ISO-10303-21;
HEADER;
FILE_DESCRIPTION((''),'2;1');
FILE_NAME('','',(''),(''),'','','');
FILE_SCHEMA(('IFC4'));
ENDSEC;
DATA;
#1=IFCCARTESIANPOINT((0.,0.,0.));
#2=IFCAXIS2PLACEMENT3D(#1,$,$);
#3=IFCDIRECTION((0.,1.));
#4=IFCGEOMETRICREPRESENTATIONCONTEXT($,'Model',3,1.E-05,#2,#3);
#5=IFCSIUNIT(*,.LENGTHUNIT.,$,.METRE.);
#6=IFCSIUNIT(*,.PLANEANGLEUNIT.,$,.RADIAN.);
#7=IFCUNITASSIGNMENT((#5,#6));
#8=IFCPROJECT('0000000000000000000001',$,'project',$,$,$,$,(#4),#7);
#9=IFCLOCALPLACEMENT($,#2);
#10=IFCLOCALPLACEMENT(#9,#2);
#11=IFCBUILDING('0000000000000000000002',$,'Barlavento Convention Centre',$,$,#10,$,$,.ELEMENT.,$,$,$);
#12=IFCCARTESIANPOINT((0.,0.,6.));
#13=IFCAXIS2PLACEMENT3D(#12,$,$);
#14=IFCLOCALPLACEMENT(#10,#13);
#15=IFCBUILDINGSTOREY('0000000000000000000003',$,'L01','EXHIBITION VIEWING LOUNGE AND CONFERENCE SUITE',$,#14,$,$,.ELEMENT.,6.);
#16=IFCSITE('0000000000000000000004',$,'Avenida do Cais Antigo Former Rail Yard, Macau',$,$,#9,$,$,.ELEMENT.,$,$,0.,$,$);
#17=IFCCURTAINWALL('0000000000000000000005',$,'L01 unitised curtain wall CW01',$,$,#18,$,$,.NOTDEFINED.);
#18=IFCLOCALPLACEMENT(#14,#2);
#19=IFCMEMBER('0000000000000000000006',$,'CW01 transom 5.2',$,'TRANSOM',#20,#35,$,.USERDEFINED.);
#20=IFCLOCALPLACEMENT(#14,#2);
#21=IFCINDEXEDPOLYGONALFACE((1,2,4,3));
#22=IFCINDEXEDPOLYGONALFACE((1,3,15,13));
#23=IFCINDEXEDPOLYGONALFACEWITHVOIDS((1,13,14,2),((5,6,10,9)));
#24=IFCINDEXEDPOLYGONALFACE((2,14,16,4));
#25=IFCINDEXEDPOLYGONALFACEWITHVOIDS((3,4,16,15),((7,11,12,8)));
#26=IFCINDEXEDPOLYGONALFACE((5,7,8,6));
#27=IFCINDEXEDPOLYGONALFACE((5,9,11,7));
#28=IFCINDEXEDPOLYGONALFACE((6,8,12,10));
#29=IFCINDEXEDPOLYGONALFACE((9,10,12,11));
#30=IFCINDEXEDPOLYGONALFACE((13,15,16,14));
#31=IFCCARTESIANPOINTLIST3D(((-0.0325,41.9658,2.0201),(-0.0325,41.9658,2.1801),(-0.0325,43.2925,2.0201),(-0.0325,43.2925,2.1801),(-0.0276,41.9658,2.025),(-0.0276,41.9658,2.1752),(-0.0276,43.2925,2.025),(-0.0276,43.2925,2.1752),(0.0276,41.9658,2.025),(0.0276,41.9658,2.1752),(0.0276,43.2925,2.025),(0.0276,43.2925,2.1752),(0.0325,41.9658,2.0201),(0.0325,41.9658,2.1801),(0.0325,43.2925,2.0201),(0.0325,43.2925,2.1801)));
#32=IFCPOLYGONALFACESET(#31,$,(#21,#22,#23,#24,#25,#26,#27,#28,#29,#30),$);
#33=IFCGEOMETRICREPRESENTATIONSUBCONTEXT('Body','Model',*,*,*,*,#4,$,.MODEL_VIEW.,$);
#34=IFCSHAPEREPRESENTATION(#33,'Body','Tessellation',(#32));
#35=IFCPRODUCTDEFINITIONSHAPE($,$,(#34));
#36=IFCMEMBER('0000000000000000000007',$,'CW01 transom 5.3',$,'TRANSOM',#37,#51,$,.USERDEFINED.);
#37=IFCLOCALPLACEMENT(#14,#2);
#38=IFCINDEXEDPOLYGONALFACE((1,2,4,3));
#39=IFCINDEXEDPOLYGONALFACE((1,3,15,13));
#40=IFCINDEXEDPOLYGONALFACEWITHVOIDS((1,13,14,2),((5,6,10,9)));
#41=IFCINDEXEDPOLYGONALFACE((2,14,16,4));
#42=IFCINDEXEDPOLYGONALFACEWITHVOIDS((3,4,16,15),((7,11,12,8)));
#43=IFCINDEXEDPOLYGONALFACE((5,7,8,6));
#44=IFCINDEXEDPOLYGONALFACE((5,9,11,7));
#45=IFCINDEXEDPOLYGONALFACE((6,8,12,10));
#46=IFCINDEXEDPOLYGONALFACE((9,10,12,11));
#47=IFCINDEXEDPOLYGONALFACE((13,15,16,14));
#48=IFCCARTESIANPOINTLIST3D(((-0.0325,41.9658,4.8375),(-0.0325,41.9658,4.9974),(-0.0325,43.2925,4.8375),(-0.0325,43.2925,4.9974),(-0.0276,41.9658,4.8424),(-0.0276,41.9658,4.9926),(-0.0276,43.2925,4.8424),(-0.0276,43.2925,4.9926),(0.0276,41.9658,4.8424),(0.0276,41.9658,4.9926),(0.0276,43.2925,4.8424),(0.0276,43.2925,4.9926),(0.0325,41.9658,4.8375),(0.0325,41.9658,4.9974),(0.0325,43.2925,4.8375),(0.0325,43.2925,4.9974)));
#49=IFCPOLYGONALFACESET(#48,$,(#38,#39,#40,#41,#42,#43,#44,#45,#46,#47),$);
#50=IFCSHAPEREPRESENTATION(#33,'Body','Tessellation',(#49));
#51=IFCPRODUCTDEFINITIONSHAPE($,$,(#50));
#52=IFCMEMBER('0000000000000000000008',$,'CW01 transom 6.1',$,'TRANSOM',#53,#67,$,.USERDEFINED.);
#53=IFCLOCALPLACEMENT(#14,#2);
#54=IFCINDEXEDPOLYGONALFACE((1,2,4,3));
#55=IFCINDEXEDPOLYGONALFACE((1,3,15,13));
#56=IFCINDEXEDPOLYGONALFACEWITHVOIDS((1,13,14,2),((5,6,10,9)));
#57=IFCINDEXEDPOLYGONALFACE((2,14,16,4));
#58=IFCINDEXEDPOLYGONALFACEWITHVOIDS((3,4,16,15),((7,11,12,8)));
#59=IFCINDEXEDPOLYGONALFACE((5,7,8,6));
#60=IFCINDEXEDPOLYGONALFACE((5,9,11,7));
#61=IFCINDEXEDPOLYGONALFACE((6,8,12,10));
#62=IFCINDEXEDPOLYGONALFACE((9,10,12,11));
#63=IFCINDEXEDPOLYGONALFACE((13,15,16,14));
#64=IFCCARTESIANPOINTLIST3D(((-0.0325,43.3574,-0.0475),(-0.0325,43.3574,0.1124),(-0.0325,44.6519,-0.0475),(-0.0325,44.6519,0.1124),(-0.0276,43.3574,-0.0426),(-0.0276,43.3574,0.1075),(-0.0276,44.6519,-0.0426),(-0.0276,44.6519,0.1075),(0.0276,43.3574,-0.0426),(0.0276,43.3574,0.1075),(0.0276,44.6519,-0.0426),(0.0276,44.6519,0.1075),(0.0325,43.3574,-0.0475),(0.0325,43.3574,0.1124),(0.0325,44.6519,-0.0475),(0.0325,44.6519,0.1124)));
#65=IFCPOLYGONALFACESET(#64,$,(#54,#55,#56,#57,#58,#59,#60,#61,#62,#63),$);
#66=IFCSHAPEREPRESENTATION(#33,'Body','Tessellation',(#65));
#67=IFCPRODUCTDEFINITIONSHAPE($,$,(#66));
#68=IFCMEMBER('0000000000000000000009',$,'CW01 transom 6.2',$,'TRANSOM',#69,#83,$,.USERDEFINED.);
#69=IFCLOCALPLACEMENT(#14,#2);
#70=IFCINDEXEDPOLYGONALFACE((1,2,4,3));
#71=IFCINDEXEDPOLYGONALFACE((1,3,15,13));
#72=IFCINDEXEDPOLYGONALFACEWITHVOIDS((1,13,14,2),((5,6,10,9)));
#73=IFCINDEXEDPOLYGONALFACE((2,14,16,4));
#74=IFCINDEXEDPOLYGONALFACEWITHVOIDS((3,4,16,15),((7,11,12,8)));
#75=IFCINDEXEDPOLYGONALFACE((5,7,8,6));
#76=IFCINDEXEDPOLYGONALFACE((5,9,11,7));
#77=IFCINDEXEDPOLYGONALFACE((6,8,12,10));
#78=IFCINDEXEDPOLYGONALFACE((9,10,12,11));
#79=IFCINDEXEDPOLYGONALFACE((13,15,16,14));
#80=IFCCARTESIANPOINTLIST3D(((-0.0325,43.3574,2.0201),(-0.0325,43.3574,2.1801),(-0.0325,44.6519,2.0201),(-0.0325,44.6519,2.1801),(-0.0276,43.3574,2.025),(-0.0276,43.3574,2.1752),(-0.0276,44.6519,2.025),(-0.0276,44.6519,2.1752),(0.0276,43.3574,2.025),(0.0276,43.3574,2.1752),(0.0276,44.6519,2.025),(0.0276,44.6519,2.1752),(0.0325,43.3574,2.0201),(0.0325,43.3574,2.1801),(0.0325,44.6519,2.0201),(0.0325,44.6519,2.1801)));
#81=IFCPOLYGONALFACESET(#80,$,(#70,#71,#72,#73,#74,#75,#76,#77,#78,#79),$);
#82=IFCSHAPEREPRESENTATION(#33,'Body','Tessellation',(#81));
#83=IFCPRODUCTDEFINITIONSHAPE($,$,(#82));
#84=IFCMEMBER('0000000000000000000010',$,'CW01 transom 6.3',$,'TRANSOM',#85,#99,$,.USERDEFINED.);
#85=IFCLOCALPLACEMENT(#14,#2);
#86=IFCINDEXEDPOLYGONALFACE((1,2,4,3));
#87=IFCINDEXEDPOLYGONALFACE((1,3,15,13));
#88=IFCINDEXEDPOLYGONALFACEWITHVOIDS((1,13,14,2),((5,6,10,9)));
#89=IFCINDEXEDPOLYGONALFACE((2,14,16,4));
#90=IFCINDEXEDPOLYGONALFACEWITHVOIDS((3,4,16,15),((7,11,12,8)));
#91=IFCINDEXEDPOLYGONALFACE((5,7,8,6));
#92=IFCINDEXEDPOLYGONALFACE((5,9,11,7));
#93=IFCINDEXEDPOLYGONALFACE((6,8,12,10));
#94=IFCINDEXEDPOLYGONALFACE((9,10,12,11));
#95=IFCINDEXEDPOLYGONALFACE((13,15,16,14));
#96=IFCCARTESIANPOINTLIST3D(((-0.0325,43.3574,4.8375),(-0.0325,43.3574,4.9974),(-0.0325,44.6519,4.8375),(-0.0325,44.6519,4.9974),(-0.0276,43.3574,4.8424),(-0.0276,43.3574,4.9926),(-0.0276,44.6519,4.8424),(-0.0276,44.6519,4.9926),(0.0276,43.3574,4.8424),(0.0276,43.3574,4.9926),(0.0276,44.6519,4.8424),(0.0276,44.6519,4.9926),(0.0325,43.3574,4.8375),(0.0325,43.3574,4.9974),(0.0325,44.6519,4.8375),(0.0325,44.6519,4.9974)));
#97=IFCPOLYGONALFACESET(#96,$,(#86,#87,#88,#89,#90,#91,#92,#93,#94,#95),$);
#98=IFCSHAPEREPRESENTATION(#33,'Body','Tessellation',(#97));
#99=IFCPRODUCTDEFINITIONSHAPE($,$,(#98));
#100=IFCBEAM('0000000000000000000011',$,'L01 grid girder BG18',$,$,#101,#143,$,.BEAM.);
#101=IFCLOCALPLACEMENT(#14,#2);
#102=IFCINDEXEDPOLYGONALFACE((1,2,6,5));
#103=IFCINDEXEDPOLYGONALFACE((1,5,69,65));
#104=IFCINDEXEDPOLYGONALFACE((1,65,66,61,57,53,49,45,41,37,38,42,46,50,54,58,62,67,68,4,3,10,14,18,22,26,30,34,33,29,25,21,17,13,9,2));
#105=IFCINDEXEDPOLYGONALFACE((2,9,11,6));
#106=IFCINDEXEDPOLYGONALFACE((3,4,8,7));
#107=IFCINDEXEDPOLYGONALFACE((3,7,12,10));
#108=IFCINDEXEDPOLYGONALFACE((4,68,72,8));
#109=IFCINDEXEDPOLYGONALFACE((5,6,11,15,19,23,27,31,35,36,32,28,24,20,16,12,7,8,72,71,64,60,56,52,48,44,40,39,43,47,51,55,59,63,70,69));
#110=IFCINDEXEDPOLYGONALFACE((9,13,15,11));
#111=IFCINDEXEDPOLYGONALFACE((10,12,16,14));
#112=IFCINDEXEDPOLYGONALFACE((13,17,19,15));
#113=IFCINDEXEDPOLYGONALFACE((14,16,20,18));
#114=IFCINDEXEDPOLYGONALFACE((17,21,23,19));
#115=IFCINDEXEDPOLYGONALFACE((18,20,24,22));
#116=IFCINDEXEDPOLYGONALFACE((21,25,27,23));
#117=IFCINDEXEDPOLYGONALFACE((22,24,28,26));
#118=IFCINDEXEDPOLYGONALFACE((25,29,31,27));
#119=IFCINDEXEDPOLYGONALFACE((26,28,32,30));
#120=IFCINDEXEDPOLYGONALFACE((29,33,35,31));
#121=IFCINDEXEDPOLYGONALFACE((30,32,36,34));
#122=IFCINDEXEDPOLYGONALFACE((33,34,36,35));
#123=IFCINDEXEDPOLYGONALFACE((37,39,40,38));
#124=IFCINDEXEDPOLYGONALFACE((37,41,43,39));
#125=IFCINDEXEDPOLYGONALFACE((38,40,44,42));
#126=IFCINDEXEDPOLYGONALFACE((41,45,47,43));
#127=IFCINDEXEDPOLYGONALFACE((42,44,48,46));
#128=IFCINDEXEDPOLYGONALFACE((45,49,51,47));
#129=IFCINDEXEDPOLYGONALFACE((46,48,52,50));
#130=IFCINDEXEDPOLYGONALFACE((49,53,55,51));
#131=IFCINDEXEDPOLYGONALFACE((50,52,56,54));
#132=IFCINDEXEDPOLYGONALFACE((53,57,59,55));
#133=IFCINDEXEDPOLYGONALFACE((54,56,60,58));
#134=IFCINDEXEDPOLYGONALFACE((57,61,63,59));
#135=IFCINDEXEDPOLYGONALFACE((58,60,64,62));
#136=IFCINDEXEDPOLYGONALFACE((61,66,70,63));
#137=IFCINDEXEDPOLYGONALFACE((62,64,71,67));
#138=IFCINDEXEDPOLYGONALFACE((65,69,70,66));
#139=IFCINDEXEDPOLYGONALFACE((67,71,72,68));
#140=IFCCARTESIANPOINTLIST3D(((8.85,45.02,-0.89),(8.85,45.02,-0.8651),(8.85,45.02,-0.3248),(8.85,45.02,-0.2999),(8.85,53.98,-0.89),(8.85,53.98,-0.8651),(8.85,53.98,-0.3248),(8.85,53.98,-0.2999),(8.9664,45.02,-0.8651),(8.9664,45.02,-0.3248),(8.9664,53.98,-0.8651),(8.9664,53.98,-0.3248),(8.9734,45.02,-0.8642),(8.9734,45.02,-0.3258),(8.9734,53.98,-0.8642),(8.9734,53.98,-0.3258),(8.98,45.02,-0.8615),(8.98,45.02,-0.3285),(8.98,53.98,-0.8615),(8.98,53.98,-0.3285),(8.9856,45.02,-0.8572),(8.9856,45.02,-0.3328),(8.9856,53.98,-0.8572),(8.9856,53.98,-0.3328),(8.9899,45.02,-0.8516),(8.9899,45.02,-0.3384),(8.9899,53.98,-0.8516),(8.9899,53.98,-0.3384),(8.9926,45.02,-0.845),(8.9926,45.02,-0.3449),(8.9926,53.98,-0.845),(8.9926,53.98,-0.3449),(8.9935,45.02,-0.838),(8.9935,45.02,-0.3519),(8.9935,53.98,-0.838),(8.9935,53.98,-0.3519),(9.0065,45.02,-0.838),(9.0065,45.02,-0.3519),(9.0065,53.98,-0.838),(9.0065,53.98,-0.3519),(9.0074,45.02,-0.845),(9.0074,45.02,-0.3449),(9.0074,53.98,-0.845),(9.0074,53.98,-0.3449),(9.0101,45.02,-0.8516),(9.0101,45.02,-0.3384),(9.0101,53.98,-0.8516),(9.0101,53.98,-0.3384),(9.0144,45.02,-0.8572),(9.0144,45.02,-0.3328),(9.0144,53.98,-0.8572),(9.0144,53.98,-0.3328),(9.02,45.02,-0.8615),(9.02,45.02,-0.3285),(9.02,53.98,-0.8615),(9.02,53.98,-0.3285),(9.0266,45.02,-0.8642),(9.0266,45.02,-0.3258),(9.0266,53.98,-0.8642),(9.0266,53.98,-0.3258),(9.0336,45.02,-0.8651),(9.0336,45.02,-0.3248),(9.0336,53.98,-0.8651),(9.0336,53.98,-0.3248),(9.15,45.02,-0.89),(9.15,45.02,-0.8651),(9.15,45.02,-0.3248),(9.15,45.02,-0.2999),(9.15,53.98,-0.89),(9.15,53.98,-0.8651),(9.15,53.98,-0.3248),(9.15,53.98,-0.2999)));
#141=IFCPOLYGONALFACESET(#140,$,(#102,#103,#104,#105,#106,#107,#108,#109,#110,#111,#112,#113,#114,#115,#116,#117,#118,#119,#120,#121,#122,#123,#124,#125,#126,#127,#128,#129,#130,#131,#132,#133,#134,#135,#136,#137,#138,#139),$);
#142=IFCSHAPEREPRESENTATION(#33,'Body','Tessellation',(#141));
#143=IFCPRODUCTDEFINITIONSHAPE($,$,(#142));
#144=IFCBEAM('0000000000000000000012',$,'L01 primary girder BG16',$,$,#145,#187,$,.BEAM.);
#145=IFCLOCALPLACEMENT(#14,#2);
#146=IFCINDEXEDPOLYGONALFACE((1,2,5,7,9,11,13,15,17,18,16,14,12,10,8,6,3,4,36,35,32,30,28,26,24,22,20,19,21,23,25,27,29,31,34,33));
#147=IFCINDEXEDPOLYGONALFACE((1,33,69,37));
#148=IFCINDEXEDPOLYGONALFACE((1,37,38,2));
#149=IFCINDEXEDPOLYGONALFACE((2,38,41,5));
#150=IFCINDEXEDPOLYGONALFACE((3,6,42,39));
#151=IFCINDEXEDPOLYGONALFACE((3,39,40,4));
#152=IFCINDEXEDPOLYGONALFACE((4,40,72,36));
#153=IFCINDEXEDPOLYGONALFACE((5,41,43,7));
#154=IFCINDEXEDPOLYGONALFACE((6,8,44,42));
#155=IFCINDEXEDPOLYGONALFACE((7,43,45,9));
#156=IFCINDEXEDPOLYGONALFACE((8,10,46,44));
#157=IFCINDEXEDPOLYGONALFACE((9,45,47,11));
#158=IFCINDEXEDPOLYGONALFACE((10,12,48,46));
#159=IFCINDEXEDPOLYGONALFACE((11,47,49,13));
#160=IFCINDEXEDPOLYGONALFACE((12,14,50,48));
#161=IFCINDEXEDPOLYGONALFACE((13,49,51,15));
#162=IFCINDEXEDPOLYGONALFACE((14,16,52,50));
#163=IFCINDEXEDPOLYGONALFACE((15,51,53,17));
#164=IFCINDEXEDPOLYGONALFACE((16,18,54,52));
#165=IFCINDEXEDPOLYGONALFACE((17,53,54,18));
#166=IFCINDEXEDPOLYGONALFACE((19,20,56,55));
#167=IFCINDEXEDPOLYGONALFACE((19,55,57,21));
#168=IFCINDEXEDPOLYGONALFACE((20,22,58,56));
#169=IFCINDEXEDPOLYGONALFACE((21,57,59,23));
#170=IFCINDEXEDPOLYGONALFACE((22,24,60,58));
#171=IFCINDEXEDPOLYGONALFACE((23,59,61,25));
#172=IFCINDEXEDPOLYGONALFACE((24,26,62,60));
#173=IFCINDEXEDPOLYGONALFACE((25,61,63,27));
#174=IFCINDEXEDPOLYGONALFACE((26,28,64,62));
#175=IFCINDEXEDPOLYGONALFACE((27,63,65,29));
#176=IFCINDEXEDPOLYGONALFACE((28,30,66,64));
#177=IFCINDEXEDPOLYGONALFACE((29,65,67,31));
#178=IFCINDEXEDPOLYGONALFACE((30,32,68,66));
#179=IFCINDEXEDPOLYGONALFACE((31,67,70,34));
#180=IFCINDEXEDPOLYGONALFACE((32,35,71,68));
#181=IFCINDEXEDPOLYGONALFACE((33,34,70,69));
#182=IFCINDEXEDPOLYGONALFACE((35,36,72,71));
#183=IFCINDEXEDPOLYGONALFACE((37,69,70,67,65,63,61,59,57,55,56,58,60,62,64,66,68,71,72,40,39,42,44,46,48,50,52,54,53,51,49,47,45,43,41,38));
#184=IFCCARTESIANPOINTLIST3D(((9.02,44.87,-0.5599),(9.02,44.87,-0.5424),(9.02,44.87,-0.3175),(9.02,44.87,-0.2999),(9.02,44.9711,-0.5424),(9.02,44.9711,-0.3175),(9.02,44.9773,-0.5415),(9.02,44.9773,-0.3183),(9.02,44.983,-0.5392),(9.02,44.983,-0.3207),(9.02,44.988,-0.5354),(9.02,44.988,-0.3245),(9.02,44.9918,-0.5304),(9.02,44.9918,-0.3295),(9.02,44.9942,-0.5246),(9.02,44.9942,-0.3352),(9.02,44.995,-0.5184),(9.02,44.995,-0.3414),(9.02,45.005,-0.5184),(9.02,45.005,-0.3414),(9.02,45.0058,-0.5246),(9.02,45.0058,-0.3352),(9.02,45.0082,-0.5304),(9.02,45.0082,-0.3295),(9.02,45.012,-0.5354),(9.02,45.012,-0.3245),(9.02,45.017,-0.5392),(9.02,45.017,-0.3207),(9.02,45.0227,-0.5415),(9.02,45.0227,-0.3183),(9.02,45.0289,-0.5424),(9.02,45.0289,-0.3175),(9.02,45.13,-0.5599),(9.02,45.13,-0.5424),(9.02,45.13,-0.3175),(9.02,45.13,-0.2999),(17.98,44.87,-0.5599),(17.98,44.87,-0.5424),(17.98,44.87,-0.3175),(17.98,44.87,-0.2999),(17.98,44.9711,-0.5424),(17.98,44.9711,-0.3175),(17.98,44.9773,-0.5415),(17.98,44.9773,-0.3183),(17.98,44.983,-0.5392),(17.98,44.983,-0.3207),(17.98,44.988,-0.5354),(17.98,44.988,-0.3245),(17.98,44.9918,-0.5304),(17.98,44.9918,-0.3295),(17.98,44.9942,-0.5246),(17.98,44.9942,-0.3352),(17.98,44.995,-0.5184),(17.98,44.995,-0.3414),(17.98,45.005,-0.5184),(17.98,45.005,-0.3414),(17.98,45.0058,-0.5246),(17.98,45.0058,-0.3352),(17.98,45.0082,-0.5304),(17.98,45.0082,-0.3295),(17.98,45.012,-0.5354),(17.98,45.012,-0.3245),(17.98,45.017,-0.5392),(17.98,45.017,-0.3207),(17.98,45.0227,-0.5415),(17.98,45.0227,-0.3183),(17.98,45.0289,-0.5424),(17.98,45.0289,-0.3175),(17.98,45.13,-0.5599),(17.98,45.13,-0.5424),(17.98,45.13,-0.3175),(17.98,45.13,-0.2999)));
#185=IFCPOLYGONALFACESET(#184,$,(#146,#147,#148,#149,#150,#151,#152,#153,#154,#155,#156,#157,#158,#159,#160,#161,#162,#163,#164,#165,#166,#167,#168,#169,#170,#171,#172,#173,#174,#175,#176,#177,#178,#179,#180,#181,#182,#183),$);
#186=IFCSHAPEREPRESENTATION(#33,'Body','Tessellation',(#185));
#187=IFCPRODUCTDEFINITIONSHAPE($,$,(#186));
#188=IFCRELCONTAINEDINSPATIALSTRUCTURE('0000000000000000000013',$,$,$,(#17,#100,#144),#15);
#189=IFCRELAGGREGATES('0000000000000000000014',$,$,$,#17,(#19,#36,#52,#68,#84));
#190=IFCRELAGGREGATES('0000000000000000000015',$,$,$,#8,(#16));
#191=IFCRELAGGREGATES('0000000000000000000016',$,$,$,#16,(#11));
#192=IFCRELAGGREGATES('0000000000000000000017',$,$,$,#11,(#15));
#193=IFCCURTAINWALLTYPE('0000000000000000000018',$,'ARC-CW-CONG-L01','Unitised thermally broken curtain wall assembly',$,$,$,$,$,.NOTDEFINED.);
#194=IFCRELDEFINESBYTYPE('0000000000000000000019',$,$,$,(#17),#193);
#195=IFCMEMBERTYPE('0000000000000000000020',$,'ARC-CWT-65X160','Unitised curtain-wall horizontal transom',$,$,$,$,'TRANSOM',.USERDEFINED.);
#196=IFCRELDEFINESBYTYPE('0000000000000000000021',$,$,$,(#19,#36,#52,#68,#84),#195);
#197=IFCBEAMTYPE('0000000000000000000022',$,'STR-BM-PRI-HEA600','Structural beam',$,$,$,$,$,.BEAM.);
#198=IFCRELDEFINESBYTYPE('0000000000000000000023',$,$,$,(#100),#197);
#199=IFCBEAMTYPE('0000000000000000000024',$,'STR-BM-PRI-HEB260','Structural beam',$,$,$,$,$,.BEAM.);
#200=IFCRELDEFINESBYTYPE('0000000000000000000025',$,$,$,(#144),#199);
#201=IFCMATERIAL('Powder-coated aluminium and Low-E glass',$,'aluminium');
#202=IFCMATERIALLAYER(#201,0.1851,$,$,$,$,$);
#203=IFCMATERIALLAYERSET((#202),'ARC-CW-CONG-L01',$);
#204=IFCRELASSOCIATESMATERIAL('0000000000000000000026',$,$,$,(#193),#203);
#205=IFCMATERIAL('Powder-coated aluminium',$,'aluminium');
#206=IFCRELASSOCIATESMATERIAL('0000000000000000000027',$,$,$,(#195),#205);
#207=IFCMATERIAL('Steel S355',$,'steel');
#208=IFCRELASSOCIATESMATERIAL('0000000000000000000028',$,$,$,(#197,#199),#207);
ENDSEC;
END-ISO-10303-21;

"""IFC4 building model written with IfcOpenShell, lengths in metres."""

from ifc_helpers import new_model, si_unit, direction, frame, origin, origin_2d, place, context, subcontext, project, spatial, hollow_rectangle, i_section, extrude, material, layer, layer_set, material_profile, profile_set, type_object, element, aggregate, save


model = new_model("IFC4")

# Units and contexts
model_context = context("Model", 3, precision=1e-05, world=origin(), true_north=direction((0.0, 1.0)))
body_context = subcontext(model_context, "Body", "Model", "MODEL_VIEW")
ifc_project = project(units=[si_unit("LENGTHUNIT", "METRE"), si_unit("PLANEANGLEUNIT", "RADIAN")], contexts=[model_context])

# Site, building, storey
site_placement = place(None, origin())
site = spatial("IfcSite", under=ifc_project, at=site_placement, Name="Avenida do Cais Antigo Former Rail Yard, Macau", CompositionType="ELEMENT", RefElevation=0.0)
building_placement = place(site_placement, origin())
building = spatial("IfcBuilding", under=site, at=building_placement, Name="Barlavento Convention Centre", CompositionType="ELEMENT")
storey_placement = place(building_placement, frame((0.0, 0.0, 6.0)))
storey = spatial("IfcBuildingStorey", under=building, at=storey_placement, Name="L01", Description="EXHIBITION VIEWING LOUNGE AND CONFERENCE SUITE", CompositionType="ELEMENT", Elevation=6.0)

# Shared definitions
ifc_material_1 = material(Name="Steel S355", Category="steel")

# Curtain wall, members
ifc_material_2 = material(Name="Powder-coated aluminium and Low-E glass", Category="aluminium")
ifc_layer_1 = layer(ifc_material_2, 0.1851)
ifc_layer_set_1 = layer_set([ifc_layer_1], Name="ARC-CW-CONG-L01")
curtain_wall_type = type_object("IfcCurtainWallType", Name="ARC-CW-CONG-L01", Description="Unitised thermally broken curtain wall assembly", PredefinedType="NOTDEFINED", material=ifc_layer_set_1)
curtain_wall_placement = place(storey_placement, origin())
curtain_wall = element("IfcCurtainWall", 1, at=curtain_wall_placement, inside=storey, type_object=curtain_wall_type, Name="L01 unitised curtain wall CW01", PredefinedType="NOTDEFINED")
ifc_material_3 = material(Name="Powder-coated aluminium", Category="aluminium")
ifc_material_profile_1 = material_profile(ifc_material_3, hollow_rectangle(XDim=0.0649, YDim=0.1599, WallThickness=0.0049, at=origin_2d()), Name="AL-TRAN 65x160x5")
ifc_profile_set_1 = profile_set([ifc_material_profile_1], Name="Powder-coated aluminium")
member_type_1 = type_object("IfcMemberType", Name="ARC-CWT-65X160", Description="Unitised curtain-wall horizontal transom", ElementType="TRANSOM", PredefinedType="USERDEFINED", material=ifc_profile_set_1)
member_1_placement = place(storey_placement, frame((0.0, 41.9658, 2.1001), z_axis=(0.0, 1.0, 0.0), x_axis=(-1.0, 0.0, 0.0)))
member_1 = element("IfcMember", 2, at=member_1_placement, type_object=member_type_1, Name="CW01 transom 5.2", ObjectType="TRANSOM", PredefinedType="USERDEFINED", context=body_context, shape_type="SweptSolid", body=[
    extrude(hollow_rectangle(XDim=0.0649, YDim=0.1599, WallThickness=0.0049, at=origin_2d()), origin(), (0.0, 0.0, 1.0), 1.3267),
])
member_2_placement = place(storey_placement, frame((0.0, 41.9658, 4.9175), z_axis=(0.0, 1.0, 0.0), x_axis=(-1.0, 0.0, 0.0)))
member_2 = element("IfcMember", 3, at=member_2_placement, type_object=member_type_1, Name="CW01 transom 5.3", ObjectType="TRANSOM", PredefinedType="USERDEFINED", context=body_context, shape_type="SweptSolid", body=[
    extrude(hollow_rectangle(XDim=0.0649, YDim=0.1599, WallThickness=0.0049, at=origin_2d()), origin(), (0.0, 0.0, 1.0), 1.3267),
])
member_3_placement = place(storey_placement, frame((0.0, 43.3574, 0.0325), z_axis=(0.0, 1.0, 0.0), x_axis=(-1.0, 0.0, 0.0)))
member_3 = element("IfcMember", 4, at=member_3_placement, type_object=member_type_1, Name="CW01 transom 6.1", ObjectType="TRANSOM", PredefinedType="USERDEFINED", context=body_context, shape_type="SweptSolid", body=[
    extrude(hollow_rectangle(XDim=0.0649, YDim=0.1599, WallThickness=0.0049, at=origin_2d()), origin(), (0.0, 0.0, 1.0), 1.2944),
])
member_4_placement = place(storey_placement, frame((0.0, 43.3574, 2.1001), z_axis=(0.0, 1.0, 0.0), x_axis=(-1.0, 0.0, 0.0)))
member_4 = element("IfcMember", 5, at=member_4_placement, type_object=member_type_1, Name="CW01 transom 6.2", ObjectType="TRANSOM", PredefinedType="USERDEFINED", context=body_context, shape_type="SweptSolid", body=[
    extrude(hollow_rectangle(XDim=0.0649, YDim=0.1599, WallThickness=0.0049, at=origin_2d()), origin(), (0.0, 0.0, 1.0), 1.2944),
])
member_5_placement = place(storey_placement, frame((0.0, 43.3574, 4.9175), z_axis=(0.0, 1.0, 0.0), x_axis=(-1.0, 0.0, 0.0)))
member_5 = element("IfcMember", 6, at=member_5_placement, type_object=member_type_1, Name="CW01 transom 6.3", ObjectType="TRANSOM", PredefinedType="USERDEFINED", context=body_context, shape_type="SweptSolid", body=[
    extrude(hollow_rectangle(XDim=0.0649, YDim=0.1599, WallThickness=0.0049, at=origin_2d()), origin(), (0.0, 0.0, 1.0), 1.2944),
])

# Beams
ifc_material_profile_2 = material_profile(ifc_material_1, i_section(OverallWidth=0.3, OverallDepth=0.5901, WebThickness=0.0129, FlangeThickness=0.0249, FilletRadius=0.0271, at=origin_2d()), Name="HEA 600")
ifc_profile_set_2 = profile_set([ifc_material_profile_2], Name="Steel S355")
beam_type_1 = type_object("IfcBeamType", Name="STR-BM-PRI-HEA600", Description="Structural beam", PredefinedType="BEAM", material=ifc_profile_set_2)
beam_1_placement = place(storey_placement, frame((9.0, 45.02, -0.595), z_axis=(0.0, 1.0, 0.0), x_axis=(-1.0, 0.0, 0.0)))
element("IfcBeam", 7, at=beam_1_placement, inside=storey, type_object=beam_type_1, Name="L01 grid girder BG18", PredefinedType="BEAM", context=body_context, shape_type="SweptSolid", body=[
    extrude(i_section(OverallWidth=0.3, OverallDepth=0.5901, WebThickness=0.0129, FlangeThickness=0.0249, FilletRadius=0.0271, at=origin_2d()), origin(), (0.0, 0.0, 1.0), 8.96),
])
ifc_material_profile_3 = material_profile(ifc_material_1, i_section(OverallWidth=0.26, OverallDepth=0.26, WebThickness=0.01, FlangeThickness=0.0176, FilletRadius=0.0239, at=origin_2d()), Name="HEB 260")
ifc_profile_set_3 = profile_set([ifc_material_profile_3], Name="Steel S355")
beam_type_2 = type_object("IfcBeamType", Name="STR-BM-PRI-HEB260", Description="Structural beam", PredefinedType="BEAM", material=ifc_profile_set_3)
beam_2_placement = place(storey_placement, frame((9.02, 45.0, -0.4299), z_axis=(1.0, 0.0, 0.0), x_axis=(0.0, 1.0, 0.0)))
element("IfcBeam", 8, at=beam_2_placement, inside=storey, type_object=beam_type_2, Name="L01 primary girder BG16", PredefinedType="BEAM", context=body_context, shape_type="SweptSolid", body=[
    extrude(i_section(OverallWidth=0.26, OverallDepth=0.26, WebThickness=0.01, FlangeThickness=0.0176, FilletRadius=0.0239, at=origin_2d()), origin(), (0.0, 0.0, 1.0), 8.96),
])

aggregate(curtain_wall, [member_1, member_2, member_3, member_4, member_5])

save(model, "model.ifc")
